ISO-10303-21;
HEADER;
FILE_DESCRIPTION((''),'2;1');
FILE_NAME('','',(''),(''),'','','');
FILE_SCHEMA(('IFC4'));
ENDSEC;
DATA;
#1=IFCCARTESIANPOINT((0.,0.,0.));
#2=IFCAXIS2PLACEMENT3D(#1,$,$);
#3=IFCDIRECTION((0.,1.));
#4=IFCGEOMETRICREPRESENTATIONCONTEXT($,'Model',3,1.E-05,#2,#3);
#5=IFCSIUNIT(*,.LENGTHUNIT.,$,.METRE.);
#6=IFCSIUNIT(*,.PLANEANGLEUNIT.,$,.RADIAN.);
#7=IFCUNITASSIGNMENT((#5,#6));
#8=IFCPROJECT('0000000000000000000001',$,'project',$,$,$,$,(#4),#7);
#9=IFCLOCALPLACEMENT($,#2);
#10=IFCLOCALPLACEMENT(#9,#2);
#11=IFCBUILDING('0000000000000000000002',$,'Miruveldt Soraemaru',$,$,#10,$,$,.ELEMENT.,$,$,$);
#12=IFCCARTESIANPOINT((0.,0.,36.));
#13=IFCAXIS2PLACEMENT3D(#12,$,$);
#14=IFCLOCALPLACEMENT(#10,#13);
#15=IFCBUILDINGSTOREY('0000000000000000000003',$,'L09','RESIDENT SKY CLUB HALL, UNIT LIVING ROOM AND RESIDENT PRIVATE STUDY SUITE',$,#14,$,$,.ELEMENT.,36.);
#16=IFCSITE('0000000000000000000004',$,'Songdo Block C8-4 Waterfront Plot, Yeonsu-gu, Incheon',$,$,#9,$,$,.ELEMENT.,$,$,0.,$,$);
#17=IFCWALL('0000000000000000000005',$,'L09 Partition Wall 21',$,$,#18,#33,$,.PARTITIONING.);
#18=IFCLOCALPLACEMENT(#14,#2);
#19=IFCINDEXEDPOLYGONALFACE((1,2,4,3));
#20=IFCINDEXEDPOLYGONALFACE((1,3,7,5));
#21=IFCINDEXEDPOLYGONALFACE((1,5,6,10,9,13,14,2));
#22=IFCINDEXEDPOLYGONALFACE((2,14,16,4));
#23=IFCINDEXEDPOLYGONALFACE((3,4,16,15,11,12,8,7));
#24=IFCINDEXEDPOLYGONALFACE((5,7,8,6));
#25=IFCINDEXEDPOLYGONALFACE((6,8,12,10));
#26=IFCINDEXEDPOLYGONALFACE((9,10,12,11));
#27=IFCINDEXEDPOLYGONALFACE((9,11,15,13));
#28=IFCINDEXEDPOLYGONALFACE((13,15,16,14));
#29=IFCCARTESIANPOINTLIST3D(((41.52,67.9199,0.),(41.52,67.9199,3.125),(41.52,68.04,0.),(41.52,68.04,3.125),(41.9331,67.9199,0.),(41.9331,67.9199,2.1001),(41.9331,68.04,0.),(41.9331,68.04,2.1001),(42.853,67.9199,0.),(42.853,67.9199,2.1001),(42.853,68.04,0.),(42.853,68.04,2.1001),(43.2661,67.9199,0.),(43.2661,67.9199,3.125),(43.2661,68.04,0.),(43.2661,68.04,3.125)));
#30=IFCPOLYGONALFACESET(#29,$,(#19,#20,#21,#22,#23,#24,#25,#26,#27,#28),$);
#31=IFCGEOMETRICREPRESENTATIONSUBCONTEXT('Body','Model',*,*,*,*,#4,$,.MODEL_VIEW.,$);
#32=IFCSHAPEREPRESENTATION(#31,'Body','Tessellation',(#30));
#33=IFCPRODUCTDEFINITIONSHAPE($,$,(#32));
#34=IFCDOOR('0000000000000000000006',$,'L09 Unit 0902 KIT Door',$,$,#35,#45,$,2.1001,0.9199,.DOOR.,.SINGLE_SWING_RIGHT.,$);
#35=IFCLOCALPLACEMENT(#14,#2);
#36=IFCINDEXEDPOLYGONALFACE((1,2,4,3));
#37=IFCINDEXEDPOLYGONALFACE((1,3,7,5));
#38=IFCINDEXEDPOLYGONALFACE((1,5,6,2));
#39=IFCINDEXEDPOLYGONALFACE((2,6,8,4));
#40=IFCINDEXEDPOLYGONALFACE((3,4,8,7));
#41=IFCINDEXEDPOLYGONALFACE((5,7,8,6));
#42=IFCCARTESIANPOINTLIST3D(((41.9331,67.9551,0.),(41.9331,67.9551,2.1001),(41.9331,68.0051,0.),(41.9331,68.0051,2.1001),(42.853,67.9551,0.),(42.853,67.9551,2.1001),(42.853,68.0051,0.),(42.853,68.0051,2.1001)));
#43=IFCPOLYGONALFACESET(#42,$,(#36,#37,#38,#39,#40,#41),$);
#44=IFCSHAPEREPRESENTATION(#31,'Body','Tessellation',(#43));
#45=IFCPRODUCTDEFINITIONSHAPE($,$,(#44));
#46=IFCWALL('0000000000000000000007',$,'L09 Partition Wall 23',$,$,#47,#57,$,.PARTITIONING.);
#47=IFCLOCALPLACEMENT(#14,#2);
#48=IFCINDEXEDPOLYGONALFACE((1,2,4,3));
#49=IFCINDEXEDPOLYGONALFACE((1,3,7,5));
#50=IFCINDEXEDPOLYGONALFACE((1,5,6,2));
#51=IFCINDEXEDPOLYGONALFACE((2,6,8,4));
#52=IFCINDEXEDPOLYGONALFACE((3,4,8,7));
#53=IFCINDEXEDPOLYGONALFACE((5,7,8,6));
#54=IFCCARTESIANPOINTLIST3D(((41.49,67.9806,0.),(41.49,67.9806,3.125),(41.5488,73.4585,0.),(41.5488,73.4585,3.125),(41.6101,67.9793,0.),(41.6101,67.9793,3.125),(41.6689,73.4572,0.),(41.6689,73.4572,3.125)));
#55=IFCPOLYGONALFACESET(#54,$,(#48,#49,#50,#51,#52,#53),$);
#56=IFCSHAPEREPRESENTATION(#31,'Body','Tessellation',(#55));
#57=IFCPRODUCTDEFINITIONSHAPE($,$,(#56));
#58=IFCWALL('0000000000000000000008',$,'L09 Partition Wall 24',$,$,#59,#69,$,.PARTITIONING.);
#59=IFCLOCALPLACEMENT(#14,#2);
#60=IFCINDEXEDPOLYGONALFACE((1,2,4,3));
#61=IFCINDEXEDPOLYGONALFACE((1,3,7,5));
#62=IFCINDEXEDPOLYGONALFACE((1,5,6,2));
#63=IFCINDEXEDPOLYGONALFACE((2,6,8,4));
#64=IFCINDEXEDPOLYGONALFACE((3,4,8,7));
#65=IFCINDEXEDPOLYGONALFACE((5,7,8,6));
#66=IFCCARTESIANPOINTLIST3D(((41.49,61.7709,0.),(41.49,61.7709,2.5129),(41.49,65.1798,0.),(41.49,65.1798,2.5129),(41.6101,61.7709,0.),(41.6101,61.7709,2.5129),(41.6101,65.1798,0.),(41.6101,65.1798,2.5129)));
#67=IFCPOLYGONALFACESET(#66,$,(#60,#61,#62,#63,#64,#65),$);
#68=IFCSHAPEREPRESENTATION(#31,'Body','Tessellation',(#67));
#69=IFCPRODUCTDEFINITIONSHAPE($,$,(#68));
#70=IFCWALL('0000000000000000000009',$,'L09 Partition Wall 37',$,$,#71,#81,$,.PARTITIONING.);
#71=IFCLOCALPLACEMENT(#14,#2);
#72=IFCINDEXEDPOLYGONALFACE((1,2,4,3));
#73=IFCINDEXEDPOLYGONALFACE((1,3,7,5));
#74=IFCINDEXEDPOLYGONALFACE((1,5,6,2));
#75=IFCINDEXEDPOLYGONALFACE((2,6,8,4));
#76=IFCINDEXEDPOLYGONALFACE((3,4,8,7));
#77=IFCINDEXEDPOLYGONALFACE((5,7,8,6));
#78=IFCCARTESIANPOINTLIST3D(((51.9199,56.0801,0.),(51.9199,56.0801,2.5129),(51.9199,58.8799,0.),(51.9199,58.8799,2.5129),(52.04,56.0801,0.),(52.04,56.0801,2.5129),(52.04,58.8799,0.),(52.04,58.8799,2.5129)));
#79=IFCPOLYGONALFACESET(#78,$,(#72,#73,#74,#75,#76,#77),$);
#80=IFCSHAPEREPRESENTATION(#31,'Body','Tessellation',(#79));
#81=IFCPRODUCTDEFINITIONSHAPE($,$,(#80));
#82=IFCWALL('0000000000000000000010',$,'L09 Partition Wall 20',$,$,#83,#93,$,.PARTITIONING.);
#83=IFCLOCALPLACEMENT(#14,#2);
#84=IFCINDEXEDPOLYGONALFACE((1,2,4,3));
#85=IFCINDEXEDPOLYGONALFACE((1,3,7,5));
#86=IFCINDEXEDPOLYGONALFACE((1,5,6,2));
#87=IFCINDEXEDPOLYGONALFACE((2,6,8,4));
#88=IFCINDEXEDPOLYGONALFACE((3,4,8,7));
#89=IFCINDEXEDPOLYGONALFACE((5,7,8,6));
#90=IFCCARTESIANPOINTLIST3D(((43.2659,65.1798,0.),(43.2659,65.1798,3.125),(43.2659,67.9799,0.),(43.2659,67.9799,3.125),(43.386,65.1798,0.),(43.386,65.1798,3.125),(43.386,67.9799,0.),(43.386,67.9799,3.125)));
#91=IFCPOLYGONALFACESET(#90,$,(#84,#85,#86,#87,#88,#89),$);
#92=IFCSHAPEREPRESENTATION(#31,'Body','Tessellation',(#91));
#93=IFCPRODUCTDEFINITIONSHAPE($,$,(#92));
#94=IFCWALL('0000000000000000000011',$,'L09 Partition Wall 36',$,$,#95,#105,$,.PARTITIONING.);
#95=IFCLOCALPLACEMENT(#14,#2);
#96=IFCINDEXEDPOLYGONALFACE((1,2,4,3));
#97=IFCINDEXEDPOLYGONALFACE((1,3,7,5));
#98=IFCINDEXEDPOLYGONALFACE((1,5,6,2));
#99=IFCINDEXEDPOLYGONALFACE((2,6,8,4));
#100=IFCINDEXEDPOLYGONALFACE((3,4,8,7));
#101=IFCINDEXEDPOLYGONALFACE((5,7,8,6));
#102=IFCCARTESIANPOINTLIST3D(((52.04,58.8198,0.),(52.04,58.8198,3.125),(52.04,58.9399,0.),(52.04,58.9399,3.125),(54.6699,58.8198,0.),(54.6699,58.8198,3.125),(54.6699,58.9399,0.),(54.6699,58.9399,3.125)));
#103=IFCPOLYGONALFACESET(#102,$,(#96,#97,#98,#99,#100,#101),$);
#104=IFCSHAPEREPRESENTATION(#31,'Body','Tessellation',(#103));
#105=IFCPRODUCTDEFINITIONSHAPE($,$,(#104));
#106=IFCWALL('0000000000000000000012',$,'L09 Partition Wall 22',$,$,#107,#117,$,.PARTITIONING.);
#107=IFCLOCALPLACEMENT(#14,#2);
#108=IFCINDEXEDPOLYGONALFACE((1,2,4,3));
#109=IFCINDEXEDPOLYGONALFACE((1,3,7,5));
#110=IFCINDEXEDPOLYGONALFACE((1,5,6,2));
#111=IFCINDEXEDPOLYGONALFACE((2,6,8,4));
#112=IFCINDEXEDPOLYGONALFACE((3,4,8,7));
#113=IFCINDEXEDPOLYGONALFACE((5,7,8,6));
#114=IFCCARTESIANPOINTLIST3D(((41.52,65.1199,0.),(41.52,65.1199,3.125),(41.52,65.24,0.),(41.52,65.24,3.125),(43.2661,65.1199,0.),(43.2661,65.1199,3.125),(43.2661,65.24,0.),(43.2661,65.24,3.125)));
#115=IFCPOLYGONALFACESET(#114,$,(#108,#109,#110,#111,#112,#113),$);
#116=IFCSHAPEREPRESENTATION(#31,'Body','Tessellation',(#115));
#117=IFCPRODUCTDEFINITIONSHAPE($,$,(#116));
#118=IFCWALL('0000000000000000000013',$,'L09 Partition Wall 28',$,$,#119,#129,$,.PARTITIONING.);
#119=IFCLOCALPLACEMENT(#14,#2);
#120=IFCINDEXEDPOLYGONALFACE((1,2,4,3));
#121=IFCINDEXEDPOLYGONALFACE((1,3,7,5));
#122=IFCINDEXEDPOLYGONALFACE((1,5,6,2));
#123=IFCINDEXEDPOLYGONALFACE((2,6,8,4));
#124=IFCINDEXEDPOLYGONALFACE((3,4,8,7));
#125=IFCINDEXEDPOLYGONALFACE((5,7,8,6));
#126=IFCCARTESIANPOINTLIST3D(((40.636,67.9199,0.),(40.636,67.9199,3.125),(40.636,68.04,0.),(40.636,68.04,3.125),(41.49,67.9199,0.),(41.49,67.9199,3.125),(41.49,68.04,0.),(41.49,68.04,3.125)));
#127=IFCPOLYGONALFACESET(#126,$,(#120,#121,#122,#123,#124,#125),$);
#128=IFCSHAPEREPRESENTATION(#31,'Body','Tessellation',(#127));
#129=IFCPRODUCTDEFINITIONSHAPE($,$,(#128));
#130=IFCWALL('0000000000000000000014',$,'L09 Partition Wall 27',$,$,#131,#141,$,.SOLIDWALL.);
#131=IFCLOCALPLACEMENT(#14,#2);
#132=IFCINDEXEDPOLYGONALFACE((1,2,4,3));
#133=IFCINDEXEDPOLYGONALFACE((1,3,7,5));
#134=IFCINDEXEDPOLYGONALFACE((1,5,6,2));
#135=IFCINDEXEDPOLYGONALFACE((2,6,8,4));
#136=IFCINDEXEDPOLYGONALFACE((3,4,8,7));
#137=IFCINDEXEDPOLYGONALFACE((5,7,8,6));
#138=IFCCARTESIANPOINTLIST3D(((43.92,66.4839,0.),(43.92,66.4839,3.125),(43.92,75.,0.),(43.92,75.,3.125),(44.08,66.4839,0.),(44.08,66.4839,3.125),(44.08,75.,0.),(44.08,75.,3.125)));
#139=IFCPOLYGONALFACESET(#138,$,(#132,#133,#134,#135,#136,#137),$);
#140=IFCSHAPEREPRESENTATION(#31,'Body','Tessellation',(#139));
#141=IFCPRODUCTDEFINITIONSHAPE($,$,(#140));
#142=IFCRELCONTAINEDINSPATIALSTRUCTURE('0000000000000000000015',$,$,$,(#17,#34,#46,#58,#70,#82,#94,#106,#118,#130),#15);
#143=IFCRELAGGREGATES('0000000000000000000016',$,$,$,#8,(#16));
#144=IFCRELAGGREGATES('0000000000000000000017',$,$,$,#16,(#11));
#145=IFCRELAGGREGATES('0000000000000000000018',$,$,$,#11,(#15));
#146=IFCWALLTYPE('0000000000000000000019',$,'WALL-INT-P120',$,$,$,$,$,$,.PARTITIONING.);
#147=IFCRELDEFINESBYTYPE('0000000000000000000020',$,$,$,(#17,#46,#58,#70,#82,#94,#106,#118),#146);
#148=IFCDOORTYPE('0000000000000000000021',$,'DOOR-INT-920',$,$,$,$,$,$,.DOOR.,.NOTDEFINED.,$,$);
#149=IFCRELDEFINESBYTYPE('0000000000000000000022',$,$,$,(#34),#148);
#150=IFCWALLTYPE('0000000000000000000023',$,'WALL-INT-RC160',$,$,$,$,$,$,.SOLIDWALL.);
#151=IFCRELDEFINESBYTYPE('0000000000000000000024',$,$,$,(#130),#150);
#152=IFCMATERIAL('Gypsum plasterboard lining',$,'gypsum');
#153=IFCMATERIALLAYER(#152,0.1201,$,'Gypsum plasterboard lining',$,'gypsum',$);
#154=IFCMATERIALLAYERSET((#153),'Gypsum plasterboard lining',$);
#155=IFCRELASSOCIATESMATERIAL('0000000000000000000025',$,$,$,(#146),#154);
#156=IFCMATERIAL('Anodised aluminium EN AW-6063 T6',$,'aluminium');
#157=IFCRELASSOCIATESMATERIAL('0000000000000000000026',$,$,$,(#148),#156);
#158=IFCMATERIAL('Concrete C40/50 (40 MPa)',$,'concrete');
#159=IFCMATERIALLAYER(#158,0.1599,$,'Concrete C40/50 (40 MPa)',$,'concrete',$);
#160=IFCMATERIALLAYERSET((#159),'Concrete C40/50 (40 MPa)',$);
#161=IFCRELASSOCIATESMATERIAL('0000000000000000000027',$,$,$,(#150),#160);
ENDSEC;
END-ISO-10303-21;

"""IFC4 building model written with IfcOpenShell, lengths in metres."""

from ifc_helpers import new_model, si_unit, direction, frame, frame_2d, origin, place, context, subcontext, project, spatial, rectangle, extrude, material, layer, layer_set, type_object, element, fill, save


model = new_model("IFC4")

# Units and contexts
model_context = context("Model", 3, precision=1e-05, world=origin(), true_north=direction((0.0, 1.0)))
body_context = subcontext(model_context, "Body", "Model", "MODEL_VIEW")
ifc_project = project(units=[si_unit("LENGTHUNIT", "METRE"), si_unit("PLANEANGLEUNIT", "RADIAN")], contexts=[model_context])

# Site, building, storey
site_placement = place(None, origin())
site = spatial("IfcSite", under=ifc_project, at=site_placement, Name="Songdo Block C8-4 Waterfront Plot, Yeonsu-gu, Incheon", CompositionType="ELEMENT", RefElevation=0.0)
building_placement = place(site_placement, origin())
building = spatial("IfcBuilding", under=site, at=building_placement, Name="Miruveldt Soraemaru", CompositionType="ELEMENT")
storey_placement = place(building_placement, frame((0.0, 0.0, 36.0)))
storey = spatial("IfcBuildingStorey", under=building, at=storey_placement, Name="L09", Description="RESIDENT SKY CLUB HALL, UNIT LIVING ROOM AND RESIDENT PRIVATE STUDY SUITE", CompositionType="ELEMENT", Elevation=36.0)

# Wall, opening, door
ifc_material_1 = material(Name="Gypsum plasterboard lining", Category="gypsum")
ifc_layer_1 = layer(ifc_material_1, 0.1201, Name="Gypsum plasterboard lining", Category="gypsum")
ifc_layer_set_1 = layer_set([ifc_layer_1], Name="Gypsum plasterboard lining")
wall_type_1 = type_object("IfcWallType", Name="WALL-INT-P120", PredefinedType="PARTITIONING", material=ifc_layer_set_1)
ifc_material_2 = material(Name="Anodised aluminium EN AW-6063 T6", Category="aluminium")
door_type = type_object("IfcDoorType", Name="DOOR-INT-920", OperationType="NOTDEFINED", PredefinedType="DOOR", material=ifc_material_2)
wall_1_placement = place(storey_placement, frame((43.2661, 67.98, 0.0), z_axis=(0.0, 0.0, 1.0), x_axis=(-1.0, 0.0, 0.0)))
wall_1 = element("IfcWall", 1, at=wall_1_placement, inside=storey, type_object=wall_type_1, Name="L09 Partition Wall 21", PredefinedType="PARTITIONING", context=body_context, shape_type="SweptSolid", body=[
    extrude(rectangle(XDim=1.7461, YDim=0.1201, at=frame_2d((0.873, 0.0))), origin(), (0.0, 0.0, 1.0), 3.125),
])
opening_1_placement = place(wall_1_placement, frame((0.4131, 0.0, 0.0)))
opening_1 = element("IfcOpeningElement", 2, at=opening_1_placement, cuts=wall_1, PredefinedType="OPENING", context=body_context, shape_type="SweptSolid", body=[
    extrude(rectangle(XDim=0.9199, YDim=2.1001, at=frame_2d((0.46, 1.05))), frame((0.0, 0.0701, 0.0), z_axis=(0.0, -1.0, 0.0), x_axis=(1.0, 0.0, 0.0)), (0.0, 0.0, 1.0), 0.1401),
])
door_1_placement = place(opening_1_placement, origin())
door_1 = element("IfcDoor", 3, at=door_1_placement, inside=storey, type_object=door_type, Name="L09 Unit 0902 KIT Door", OperationType="SINGLE_SWING_RIGHT", OverallHeight=2.1001, OverallWidth=0.9199, PredefinedType="DOOR", context=body_context, shape_type="SweptSolid", body=[
    extrude(rectangle(XDim=0.9199, YDim=2.1001, at=frame_2d((0.46, 1.05))), frame((0.0, 0.0249, 0.0), z_axis=(0.0, -1.0, 0.0), x_axis=(1.0, 0.0, 0.0)), (0.0, 0.0, 1.0), 0.05),
])
fill(opening_1, door_1)

# Walls
wall_2_placement = place(storey_placement, frame((41.6089, 73.458, 0.0), z_axis=(0.0, 0.0, 1.0), x_axis=(-0.01074, -0.999942, 0.0)))
element("IfcWall", 4, at=wall_2_placement, inside=storey, type_object=wall_type_1, Name="L09 Partition Wall 23", PredefinedType="PARTITIONING", context=body_context, shape_type="SweptSolid", body=[
    extrude(rectangle(XDim=5.4783, YDim=0.1201, at=frame_2d((2.7393, 0.0))), origin(), (0.0, 0.0, 1.0), 3.125),
])
wall_3_placement = place(storey_placement, frame((41.55, 65.1799, 0.0), z_axis=(0.0, 0.0, 1.0), x_axis=(0.0, -1.0, 0.0)))
element("IfcWall", 5, at=wall_3_placement, inside=storey, type_object=wall_type_1, Name="L09 Partition Wall 24", PredefinedType="PARTITIONING", context=body_context, shape_type="SweptSolid", body=[
    extrude(rectangle(XDim=3.4089, YDim=0.1201, at=frame_2d((1.7046, 0.0))), origin(), (0.0, 0.0, 1.0), 2.5129),
])
wall_4_placement = place(storey_placement, frame((51.98, 58.8799, 0.0), z_axis=(0.0, 0.0, 1.0), x_axis=(0.0, -1.0, 0.0)))
element("IfcWall", 6, at=wall_4_placement, inside=storey, type_object=wall_type_1, Name="L09 Partition Wall 37", PredefinedType="PARTITIONING", context=body_context, shape_type="SweptSolid", body=[
    extrude(rectangle(XDim=2.7998, YDim=0.1201, at=frame_2d((1.3999, 0.0))), origin(), (0.0, 0.0, 1.0), 2.5129),
])
wall_5_placement = place(storey_placement, frame((43.3259, 65.1799, 0.0), z_axis=(0.0, 0.0, 1.0), x_axis=(0.0, 1.0, 0.0)))
element("IfcWall", 7, at=wall_5_placement, inside=storey, type_object=wall_type_1, Name="L09 Partition Wall 20", PredefinedType="PARTITIONING", context=body_context, shape_type="SweptSolid", body=[
    extrude(rectangle(XDim=2.8, YDim=0.1201, at=frame_2d((1.3999, 0.0))), origin(), (0.0, 0.0, 1.0), 3.125),
])
wall_6_placement = place(storey_placement, frame((54.6699, 58.8799, 0.0), z_axis=(0.0, 0.0, 1.0), x_axis=(-1.0, 0.0, 0.0)))
element("IfcWall", 8, at=wall_6_placement, inside=storey, type_object=wall_type_1, Name="L09 Partition Wall 36", PredefinedType="PARTITIONING", context=body_context, shape_type="SweptSolid", body=[
    extrude(rectangle(XDim=2.6299, YDim=0.1201, at=frame_2d((1.3149, 0.0))), origin(), (0.0, 0.0, 1.0), 3.125),
])
wall_7_placement = place(storey_placement, frame((41.52, 65.1799, 0.0), z_axis=(0.0, 0.0, 1.0), x_axis=(1.0, 0.0, 0.0)))
element("IfcWall", 9, at=wall_7_placement, inside=storey, type_object=wall_type_1, Name="L09 Partition Wall 22", PredefinedType="PARTITIONING", context=body_context, shape_type="SweptSolid", body=[
    extrude(rectangle(XDim=1.7461, YDim=0.1201, at=frame_2d((0.873, 0.0))), origin(), (0.0, 0.0, 1.0), 3.125),
])
wall_8_placement = place(storey_placement, frame((41.49, 67.98, 0.0), z_axis=(0.0, 0.0, 1.0), x_axis=(-1.0, 0.0, 0.0)))
element("IfcWall", 10, at=wall_8_placement, inside=storey, type_object=wall_type_1, Name="L09 Partition Wall 28", PredefinedType="PARTITIONING", context=body_context, shape_type="SweptSolid", body=[
    extrude(rectangle(XDim=0.854, YDim=0.1201, at=frame_2d((0.427, 0.0))), origin(), (0.0, 0.0, 1.0), 3.125),
])
ifc_material_3 = material(Name="Concrete C40/50 (40 MPa)", Category="concrete")
ifc_layer_2 = layer(ifc_material_3, 0.1599, Name="Concrete C40/50 (40 MPa)", Category="concrete")
ifc_layer_set_2 = layer_set([ifc_layer_2], Name="Concrete C40/50 (40 MPa)")
wall_type_2 = type_object("IfcWallType", Name="WALL-INT-RC160", PredefinedType="SOLIDWALL", material=ifc_layer_set_2)
wall_9_placement = place(storey_placement, frame((44.0, 66.4839, 0.0), z_axis=(0.0, 0.0, 1.0), x_axis=(0.0, 1.0, 0.0)))
element("IfcWall", 11, at=wall_9_placement, inside=storey, type_object=wall_type_2, Name="L09 Partition Wall 27", PredefinedType="SOLIDWALL", context=body_context, shape_type="SweptSolid", body=[
    extrude(rectangle(XDim=8.5161, YDim=0.1599, at=frame_2d((4.2581, 0.0))), origin(), (0.0, 0.0, 1.0), 3.125),
])

save(model, "model.ifc")
